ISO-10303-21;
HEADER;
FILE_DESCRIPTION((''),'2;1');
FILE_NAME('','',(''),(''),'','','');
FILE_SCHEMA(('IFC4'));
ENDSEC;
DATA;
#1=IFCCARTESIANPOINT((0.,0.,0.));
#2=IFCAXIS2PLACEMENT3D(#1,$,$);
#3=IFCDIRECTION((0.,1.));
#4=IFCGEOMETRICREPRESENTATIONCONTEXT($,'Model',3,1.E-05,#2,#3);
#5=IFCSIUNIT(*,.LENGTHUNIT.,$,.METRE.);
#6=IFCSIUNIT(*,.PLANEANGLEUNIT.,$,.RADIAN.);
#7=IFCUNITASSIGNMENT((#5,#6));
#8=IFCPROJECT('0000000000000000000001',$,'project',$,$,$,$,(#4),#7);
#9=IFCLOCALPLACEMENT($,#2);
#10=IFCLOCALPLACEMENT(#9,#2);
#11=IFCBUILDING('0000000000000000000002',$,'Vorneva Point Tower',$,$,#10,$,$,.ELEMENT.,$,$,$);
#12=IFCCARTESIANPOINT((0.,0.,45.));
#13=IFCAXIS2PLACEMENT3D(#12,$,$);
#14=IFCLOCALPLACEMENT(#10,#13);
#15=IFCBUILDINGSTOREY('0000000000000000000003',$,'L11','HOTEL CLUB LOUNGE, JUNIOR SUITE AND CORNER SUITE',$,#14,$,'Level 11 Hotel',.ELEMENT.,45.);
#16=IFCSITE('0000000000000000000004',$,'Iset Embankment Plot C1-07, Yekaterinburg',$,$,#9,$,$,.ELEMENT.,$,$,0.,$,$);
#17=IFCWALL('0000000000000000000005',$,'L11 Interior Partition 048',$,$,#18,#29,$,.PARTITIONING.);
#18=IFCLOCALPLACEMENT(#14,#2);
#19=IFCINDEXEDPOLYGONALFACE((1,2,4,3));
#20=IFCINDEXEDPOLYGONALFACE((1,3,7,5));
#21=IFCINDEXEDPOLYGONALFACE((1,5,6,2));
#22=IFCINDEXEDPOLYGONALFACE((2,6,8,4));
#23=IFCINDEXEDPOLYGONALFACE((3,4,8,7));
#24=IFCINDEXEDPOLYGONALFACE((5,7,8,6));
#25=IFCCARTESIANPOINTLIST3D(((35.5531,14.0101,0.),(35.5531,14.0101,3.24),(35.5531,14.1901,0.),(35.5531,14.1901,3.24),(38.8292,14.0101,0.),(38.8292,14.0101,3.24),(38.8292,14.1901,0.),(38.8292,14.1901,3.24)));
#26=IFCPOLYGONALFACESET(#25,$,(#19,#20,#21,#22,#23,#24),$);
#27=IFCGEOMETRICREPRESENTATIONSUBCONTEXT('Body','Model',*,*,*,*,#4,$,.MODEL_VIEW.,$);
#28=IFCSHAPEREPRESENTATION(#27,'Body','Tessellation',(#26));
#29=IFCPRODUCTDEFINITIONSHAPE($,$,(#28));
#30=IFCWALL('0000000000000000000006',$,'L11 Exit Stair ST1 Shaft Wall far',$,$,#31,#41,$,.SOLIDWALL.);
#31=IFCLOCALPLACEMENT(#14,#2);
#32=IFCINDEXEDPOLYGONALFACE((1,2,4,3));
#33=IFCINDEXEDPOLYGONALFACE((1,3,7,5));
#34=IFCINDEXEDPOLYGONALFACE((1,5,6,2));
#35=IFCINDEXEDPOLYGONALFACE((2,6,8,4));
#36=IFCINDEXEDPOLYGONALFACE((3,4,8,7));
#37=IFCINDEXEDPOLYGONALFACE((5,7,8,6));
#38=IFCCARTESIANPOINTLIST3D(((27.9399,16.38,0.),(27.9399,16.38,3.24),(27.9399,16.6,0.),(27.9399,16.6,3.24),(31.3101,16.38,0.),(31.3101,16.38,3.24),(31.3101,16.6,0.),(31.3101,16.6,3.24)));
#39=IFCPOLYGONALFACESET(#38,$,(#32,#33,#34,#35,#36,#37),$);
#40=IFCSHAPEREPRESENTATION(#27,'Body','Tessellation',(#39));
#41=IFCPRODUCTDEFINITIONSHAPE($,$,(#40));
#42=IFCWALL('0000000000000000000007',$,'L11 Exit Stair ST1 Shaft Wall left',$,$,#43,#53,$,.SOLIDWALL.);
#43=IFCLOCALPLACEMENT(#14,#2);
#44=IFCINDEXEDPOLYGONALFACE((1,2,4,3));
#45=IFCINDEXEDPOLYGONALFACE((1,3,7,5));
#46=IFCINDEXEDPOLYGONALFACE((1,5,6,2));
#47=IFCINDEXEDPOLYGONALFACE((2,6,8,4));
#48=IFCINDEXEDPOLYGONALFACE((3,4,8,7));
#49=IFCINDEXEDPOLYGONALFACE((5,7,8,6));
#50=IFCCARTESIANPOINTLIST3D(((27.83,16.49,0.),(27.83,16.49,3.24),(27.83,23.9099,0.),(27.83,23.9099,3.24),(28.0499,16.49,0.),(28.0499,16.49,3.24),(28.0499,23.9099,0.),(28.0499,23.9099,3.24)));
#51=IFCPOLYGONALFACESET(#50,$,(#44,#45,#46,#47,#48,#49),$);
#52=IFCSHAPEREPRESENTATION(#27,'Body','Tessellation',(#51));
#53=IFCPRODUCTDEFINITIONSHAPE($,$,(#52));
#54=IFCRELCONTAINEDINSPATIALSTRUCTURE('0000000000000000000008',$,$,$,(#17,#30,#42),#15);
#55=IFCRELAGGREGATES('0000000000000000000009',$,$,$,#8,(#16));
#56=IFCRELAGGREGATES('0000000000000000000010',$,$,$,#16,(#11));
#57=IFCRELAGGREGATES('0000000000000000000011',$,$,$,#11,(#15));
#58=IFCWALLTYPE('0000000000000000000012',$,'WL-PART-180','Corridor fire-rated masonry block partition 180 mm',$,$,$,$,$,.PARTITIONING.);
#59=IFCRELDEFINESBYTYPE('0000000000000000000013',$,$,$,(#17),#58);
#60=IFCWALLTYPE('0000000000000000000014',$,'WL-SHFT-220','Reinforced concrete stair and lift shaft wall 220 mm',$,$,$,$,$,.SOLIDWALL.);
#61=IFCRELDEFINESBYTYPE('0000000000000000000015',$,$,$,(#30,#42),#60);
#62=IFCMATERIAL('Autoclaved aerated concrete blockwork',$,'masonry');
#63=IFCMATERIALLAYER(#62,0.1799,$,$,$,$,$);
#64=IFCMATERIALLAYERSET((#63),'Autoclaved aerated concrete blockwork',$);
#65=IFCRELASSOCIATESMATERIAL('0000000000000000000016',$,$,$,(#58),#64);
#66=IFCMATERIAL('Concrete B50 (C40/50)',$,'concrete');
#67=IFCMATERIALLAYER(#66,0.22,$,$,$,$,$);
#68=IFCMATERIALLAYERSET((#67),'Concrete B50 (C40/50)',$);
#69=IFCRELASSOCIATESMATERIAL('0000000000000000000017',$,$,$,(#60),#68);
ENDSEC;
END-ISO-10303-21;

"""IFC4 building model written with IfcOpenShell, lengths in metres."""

from ifc_helpers import new_model, si_unit, direction, frame, frame_2d, origin, place, context, subcontext, project, spatial, rectangle, extrude, material, layer, layer_set, type_object, element, save


model = new_model("IFC4")

# Units and contexts
model_context = context("Model", 3, precision=1e-05, world=origin(), true_north=direction((0.0, 1.0)))
body_context = subcontext(model_context, "Body", "Model", "MODEL_VIEW")
ifc_project = project(units=[si_unit("LENGTHUNIT", "METRE"), si_unit("PLANEANGLEUNIT", "RADIAN")], contexts=[model_context])

# Site, building, storey
site_placement = place(None, origin())
site = spatial("IfcSite", under=ifc_project, at=site_placement, Name="Iset Embankment Plot C1-07, Yekaterinburg", CompositionType="ELEMENT", RefElevation=0.0)
building_placement = place(site_placement, origin())
building = spatial("IfcBuilding", under=site, at=building_placement, Name="Vorneva Point Tower", CompositionType="ELEMENT")
storey_placement = place(building_placement, frame((0.0, 0.0, 45.0)))
storey = spatial("IfcBuildingStorey", under=building, at=storey_placement, Name="L11", Description="HOTEL CLUB LOUNGE, JUNIOR SUITE AND CORNER SUITE", LongName="Level 11 Hotel", CompositionType="ELEMENT", Elevation=45.0)

# Shared definitions
ifc_material_1 = material(Name="Autoclaved aerated concrete blockwork", Category="masonry")
ifc_layer_1 = layer(ifc_material_1, 0.1799)
ifc_layer_set_1 = layer_set([ifc_layer_1], Name="Autoclaved aerated concrete blockwork")
wall_type_1 = type_object("IfcWallType", Name="WL-PART-180", Description="Corridor fire-rated masonry block partition 180 mm", PredefinedType="PARTITIONING", material=ifc_layer_set_1)

# Walls
wall_1_placement = place(storey_placement, frame((35.553, 14.1001, 0.0), z_axis=(0.0, 0.0, 1.0), x_axis=(1.0, 0.0, 0.0)))
element("IfcWall", 1, at=wall_1_placement, inside=storey, type_object=wall_type_1, Name="L11 Interior Partition 048", PredefinedType="PARTITIONING", context=body_context, shape_type="SweptSolid", body=[
    extrude(rectangle(XDim=3.2761, YDim=0.1799, at=frame_2d((1.6382, 0.0))), origin(), (0.0, 0.0, 1.0), 3.24),
])
ifc_material_2 = material(Name="Concrete B50 (C40/50)", Category="concrete")
ifc_layer_2 = layer(ifc_material_2, 0.22)
ifc_layer_set_2 = layer_set([ifc_layer_2], Name="Concrete B50 (C40/50)")
wall_type_2 = type_object("IfcWallType", Name="WL-SHFT-220", Description="Reinforced concrete stair and lift shaft wall 220 mm", PredefinedType="SOLIDWALL", material=ifc_layer_set_2)
wall_2_placement = place(storey_placement, frame((31.3101, 16.49, 0.0), z_axis=(0.0, 0.0, 1.0), x_axis=(-1.0, 0.0, 0.0)))
element("IfcWall", 2, at=wall_2_placement, inside=storey, type_object=wall_type_2, Name="L11 Exit Stair ST1 Shaft Wall far", PredefinedType="SOLIDWALL", context=body_context, shape_type="SweptSolid", body=[
    extrude(rectangle(XDim=3.3701, YDim=0.22, at=frame_2d((1.6851, 0.0))), origin(), (0.0, 0.0, 1.0), 3.24),
])
wall_3_placement = place(storey_placement, frame((27.9399, 16.49, 0.0), z_axis=(0.0, 0.0, 1.0), x_axis=(0.0, 1.0, 0.0)))
element("IfcWall", 3, at=wall_3_placement, inside=storey, type_object=wall_type_2, Name="L11 Exit Stair ST1 Shaft Wall left", PredefinedType="SOLIDWALL", context=body_context, shape_type="SweptSolid", body=[
    extrude(rectangle(XDim=7.4199, YDim=0.22, at=frame_2d((3.71, 0.0))), origin(), (0.0, 0.0, 1.0), 3.24),
])

save(model, "model.ifc")
